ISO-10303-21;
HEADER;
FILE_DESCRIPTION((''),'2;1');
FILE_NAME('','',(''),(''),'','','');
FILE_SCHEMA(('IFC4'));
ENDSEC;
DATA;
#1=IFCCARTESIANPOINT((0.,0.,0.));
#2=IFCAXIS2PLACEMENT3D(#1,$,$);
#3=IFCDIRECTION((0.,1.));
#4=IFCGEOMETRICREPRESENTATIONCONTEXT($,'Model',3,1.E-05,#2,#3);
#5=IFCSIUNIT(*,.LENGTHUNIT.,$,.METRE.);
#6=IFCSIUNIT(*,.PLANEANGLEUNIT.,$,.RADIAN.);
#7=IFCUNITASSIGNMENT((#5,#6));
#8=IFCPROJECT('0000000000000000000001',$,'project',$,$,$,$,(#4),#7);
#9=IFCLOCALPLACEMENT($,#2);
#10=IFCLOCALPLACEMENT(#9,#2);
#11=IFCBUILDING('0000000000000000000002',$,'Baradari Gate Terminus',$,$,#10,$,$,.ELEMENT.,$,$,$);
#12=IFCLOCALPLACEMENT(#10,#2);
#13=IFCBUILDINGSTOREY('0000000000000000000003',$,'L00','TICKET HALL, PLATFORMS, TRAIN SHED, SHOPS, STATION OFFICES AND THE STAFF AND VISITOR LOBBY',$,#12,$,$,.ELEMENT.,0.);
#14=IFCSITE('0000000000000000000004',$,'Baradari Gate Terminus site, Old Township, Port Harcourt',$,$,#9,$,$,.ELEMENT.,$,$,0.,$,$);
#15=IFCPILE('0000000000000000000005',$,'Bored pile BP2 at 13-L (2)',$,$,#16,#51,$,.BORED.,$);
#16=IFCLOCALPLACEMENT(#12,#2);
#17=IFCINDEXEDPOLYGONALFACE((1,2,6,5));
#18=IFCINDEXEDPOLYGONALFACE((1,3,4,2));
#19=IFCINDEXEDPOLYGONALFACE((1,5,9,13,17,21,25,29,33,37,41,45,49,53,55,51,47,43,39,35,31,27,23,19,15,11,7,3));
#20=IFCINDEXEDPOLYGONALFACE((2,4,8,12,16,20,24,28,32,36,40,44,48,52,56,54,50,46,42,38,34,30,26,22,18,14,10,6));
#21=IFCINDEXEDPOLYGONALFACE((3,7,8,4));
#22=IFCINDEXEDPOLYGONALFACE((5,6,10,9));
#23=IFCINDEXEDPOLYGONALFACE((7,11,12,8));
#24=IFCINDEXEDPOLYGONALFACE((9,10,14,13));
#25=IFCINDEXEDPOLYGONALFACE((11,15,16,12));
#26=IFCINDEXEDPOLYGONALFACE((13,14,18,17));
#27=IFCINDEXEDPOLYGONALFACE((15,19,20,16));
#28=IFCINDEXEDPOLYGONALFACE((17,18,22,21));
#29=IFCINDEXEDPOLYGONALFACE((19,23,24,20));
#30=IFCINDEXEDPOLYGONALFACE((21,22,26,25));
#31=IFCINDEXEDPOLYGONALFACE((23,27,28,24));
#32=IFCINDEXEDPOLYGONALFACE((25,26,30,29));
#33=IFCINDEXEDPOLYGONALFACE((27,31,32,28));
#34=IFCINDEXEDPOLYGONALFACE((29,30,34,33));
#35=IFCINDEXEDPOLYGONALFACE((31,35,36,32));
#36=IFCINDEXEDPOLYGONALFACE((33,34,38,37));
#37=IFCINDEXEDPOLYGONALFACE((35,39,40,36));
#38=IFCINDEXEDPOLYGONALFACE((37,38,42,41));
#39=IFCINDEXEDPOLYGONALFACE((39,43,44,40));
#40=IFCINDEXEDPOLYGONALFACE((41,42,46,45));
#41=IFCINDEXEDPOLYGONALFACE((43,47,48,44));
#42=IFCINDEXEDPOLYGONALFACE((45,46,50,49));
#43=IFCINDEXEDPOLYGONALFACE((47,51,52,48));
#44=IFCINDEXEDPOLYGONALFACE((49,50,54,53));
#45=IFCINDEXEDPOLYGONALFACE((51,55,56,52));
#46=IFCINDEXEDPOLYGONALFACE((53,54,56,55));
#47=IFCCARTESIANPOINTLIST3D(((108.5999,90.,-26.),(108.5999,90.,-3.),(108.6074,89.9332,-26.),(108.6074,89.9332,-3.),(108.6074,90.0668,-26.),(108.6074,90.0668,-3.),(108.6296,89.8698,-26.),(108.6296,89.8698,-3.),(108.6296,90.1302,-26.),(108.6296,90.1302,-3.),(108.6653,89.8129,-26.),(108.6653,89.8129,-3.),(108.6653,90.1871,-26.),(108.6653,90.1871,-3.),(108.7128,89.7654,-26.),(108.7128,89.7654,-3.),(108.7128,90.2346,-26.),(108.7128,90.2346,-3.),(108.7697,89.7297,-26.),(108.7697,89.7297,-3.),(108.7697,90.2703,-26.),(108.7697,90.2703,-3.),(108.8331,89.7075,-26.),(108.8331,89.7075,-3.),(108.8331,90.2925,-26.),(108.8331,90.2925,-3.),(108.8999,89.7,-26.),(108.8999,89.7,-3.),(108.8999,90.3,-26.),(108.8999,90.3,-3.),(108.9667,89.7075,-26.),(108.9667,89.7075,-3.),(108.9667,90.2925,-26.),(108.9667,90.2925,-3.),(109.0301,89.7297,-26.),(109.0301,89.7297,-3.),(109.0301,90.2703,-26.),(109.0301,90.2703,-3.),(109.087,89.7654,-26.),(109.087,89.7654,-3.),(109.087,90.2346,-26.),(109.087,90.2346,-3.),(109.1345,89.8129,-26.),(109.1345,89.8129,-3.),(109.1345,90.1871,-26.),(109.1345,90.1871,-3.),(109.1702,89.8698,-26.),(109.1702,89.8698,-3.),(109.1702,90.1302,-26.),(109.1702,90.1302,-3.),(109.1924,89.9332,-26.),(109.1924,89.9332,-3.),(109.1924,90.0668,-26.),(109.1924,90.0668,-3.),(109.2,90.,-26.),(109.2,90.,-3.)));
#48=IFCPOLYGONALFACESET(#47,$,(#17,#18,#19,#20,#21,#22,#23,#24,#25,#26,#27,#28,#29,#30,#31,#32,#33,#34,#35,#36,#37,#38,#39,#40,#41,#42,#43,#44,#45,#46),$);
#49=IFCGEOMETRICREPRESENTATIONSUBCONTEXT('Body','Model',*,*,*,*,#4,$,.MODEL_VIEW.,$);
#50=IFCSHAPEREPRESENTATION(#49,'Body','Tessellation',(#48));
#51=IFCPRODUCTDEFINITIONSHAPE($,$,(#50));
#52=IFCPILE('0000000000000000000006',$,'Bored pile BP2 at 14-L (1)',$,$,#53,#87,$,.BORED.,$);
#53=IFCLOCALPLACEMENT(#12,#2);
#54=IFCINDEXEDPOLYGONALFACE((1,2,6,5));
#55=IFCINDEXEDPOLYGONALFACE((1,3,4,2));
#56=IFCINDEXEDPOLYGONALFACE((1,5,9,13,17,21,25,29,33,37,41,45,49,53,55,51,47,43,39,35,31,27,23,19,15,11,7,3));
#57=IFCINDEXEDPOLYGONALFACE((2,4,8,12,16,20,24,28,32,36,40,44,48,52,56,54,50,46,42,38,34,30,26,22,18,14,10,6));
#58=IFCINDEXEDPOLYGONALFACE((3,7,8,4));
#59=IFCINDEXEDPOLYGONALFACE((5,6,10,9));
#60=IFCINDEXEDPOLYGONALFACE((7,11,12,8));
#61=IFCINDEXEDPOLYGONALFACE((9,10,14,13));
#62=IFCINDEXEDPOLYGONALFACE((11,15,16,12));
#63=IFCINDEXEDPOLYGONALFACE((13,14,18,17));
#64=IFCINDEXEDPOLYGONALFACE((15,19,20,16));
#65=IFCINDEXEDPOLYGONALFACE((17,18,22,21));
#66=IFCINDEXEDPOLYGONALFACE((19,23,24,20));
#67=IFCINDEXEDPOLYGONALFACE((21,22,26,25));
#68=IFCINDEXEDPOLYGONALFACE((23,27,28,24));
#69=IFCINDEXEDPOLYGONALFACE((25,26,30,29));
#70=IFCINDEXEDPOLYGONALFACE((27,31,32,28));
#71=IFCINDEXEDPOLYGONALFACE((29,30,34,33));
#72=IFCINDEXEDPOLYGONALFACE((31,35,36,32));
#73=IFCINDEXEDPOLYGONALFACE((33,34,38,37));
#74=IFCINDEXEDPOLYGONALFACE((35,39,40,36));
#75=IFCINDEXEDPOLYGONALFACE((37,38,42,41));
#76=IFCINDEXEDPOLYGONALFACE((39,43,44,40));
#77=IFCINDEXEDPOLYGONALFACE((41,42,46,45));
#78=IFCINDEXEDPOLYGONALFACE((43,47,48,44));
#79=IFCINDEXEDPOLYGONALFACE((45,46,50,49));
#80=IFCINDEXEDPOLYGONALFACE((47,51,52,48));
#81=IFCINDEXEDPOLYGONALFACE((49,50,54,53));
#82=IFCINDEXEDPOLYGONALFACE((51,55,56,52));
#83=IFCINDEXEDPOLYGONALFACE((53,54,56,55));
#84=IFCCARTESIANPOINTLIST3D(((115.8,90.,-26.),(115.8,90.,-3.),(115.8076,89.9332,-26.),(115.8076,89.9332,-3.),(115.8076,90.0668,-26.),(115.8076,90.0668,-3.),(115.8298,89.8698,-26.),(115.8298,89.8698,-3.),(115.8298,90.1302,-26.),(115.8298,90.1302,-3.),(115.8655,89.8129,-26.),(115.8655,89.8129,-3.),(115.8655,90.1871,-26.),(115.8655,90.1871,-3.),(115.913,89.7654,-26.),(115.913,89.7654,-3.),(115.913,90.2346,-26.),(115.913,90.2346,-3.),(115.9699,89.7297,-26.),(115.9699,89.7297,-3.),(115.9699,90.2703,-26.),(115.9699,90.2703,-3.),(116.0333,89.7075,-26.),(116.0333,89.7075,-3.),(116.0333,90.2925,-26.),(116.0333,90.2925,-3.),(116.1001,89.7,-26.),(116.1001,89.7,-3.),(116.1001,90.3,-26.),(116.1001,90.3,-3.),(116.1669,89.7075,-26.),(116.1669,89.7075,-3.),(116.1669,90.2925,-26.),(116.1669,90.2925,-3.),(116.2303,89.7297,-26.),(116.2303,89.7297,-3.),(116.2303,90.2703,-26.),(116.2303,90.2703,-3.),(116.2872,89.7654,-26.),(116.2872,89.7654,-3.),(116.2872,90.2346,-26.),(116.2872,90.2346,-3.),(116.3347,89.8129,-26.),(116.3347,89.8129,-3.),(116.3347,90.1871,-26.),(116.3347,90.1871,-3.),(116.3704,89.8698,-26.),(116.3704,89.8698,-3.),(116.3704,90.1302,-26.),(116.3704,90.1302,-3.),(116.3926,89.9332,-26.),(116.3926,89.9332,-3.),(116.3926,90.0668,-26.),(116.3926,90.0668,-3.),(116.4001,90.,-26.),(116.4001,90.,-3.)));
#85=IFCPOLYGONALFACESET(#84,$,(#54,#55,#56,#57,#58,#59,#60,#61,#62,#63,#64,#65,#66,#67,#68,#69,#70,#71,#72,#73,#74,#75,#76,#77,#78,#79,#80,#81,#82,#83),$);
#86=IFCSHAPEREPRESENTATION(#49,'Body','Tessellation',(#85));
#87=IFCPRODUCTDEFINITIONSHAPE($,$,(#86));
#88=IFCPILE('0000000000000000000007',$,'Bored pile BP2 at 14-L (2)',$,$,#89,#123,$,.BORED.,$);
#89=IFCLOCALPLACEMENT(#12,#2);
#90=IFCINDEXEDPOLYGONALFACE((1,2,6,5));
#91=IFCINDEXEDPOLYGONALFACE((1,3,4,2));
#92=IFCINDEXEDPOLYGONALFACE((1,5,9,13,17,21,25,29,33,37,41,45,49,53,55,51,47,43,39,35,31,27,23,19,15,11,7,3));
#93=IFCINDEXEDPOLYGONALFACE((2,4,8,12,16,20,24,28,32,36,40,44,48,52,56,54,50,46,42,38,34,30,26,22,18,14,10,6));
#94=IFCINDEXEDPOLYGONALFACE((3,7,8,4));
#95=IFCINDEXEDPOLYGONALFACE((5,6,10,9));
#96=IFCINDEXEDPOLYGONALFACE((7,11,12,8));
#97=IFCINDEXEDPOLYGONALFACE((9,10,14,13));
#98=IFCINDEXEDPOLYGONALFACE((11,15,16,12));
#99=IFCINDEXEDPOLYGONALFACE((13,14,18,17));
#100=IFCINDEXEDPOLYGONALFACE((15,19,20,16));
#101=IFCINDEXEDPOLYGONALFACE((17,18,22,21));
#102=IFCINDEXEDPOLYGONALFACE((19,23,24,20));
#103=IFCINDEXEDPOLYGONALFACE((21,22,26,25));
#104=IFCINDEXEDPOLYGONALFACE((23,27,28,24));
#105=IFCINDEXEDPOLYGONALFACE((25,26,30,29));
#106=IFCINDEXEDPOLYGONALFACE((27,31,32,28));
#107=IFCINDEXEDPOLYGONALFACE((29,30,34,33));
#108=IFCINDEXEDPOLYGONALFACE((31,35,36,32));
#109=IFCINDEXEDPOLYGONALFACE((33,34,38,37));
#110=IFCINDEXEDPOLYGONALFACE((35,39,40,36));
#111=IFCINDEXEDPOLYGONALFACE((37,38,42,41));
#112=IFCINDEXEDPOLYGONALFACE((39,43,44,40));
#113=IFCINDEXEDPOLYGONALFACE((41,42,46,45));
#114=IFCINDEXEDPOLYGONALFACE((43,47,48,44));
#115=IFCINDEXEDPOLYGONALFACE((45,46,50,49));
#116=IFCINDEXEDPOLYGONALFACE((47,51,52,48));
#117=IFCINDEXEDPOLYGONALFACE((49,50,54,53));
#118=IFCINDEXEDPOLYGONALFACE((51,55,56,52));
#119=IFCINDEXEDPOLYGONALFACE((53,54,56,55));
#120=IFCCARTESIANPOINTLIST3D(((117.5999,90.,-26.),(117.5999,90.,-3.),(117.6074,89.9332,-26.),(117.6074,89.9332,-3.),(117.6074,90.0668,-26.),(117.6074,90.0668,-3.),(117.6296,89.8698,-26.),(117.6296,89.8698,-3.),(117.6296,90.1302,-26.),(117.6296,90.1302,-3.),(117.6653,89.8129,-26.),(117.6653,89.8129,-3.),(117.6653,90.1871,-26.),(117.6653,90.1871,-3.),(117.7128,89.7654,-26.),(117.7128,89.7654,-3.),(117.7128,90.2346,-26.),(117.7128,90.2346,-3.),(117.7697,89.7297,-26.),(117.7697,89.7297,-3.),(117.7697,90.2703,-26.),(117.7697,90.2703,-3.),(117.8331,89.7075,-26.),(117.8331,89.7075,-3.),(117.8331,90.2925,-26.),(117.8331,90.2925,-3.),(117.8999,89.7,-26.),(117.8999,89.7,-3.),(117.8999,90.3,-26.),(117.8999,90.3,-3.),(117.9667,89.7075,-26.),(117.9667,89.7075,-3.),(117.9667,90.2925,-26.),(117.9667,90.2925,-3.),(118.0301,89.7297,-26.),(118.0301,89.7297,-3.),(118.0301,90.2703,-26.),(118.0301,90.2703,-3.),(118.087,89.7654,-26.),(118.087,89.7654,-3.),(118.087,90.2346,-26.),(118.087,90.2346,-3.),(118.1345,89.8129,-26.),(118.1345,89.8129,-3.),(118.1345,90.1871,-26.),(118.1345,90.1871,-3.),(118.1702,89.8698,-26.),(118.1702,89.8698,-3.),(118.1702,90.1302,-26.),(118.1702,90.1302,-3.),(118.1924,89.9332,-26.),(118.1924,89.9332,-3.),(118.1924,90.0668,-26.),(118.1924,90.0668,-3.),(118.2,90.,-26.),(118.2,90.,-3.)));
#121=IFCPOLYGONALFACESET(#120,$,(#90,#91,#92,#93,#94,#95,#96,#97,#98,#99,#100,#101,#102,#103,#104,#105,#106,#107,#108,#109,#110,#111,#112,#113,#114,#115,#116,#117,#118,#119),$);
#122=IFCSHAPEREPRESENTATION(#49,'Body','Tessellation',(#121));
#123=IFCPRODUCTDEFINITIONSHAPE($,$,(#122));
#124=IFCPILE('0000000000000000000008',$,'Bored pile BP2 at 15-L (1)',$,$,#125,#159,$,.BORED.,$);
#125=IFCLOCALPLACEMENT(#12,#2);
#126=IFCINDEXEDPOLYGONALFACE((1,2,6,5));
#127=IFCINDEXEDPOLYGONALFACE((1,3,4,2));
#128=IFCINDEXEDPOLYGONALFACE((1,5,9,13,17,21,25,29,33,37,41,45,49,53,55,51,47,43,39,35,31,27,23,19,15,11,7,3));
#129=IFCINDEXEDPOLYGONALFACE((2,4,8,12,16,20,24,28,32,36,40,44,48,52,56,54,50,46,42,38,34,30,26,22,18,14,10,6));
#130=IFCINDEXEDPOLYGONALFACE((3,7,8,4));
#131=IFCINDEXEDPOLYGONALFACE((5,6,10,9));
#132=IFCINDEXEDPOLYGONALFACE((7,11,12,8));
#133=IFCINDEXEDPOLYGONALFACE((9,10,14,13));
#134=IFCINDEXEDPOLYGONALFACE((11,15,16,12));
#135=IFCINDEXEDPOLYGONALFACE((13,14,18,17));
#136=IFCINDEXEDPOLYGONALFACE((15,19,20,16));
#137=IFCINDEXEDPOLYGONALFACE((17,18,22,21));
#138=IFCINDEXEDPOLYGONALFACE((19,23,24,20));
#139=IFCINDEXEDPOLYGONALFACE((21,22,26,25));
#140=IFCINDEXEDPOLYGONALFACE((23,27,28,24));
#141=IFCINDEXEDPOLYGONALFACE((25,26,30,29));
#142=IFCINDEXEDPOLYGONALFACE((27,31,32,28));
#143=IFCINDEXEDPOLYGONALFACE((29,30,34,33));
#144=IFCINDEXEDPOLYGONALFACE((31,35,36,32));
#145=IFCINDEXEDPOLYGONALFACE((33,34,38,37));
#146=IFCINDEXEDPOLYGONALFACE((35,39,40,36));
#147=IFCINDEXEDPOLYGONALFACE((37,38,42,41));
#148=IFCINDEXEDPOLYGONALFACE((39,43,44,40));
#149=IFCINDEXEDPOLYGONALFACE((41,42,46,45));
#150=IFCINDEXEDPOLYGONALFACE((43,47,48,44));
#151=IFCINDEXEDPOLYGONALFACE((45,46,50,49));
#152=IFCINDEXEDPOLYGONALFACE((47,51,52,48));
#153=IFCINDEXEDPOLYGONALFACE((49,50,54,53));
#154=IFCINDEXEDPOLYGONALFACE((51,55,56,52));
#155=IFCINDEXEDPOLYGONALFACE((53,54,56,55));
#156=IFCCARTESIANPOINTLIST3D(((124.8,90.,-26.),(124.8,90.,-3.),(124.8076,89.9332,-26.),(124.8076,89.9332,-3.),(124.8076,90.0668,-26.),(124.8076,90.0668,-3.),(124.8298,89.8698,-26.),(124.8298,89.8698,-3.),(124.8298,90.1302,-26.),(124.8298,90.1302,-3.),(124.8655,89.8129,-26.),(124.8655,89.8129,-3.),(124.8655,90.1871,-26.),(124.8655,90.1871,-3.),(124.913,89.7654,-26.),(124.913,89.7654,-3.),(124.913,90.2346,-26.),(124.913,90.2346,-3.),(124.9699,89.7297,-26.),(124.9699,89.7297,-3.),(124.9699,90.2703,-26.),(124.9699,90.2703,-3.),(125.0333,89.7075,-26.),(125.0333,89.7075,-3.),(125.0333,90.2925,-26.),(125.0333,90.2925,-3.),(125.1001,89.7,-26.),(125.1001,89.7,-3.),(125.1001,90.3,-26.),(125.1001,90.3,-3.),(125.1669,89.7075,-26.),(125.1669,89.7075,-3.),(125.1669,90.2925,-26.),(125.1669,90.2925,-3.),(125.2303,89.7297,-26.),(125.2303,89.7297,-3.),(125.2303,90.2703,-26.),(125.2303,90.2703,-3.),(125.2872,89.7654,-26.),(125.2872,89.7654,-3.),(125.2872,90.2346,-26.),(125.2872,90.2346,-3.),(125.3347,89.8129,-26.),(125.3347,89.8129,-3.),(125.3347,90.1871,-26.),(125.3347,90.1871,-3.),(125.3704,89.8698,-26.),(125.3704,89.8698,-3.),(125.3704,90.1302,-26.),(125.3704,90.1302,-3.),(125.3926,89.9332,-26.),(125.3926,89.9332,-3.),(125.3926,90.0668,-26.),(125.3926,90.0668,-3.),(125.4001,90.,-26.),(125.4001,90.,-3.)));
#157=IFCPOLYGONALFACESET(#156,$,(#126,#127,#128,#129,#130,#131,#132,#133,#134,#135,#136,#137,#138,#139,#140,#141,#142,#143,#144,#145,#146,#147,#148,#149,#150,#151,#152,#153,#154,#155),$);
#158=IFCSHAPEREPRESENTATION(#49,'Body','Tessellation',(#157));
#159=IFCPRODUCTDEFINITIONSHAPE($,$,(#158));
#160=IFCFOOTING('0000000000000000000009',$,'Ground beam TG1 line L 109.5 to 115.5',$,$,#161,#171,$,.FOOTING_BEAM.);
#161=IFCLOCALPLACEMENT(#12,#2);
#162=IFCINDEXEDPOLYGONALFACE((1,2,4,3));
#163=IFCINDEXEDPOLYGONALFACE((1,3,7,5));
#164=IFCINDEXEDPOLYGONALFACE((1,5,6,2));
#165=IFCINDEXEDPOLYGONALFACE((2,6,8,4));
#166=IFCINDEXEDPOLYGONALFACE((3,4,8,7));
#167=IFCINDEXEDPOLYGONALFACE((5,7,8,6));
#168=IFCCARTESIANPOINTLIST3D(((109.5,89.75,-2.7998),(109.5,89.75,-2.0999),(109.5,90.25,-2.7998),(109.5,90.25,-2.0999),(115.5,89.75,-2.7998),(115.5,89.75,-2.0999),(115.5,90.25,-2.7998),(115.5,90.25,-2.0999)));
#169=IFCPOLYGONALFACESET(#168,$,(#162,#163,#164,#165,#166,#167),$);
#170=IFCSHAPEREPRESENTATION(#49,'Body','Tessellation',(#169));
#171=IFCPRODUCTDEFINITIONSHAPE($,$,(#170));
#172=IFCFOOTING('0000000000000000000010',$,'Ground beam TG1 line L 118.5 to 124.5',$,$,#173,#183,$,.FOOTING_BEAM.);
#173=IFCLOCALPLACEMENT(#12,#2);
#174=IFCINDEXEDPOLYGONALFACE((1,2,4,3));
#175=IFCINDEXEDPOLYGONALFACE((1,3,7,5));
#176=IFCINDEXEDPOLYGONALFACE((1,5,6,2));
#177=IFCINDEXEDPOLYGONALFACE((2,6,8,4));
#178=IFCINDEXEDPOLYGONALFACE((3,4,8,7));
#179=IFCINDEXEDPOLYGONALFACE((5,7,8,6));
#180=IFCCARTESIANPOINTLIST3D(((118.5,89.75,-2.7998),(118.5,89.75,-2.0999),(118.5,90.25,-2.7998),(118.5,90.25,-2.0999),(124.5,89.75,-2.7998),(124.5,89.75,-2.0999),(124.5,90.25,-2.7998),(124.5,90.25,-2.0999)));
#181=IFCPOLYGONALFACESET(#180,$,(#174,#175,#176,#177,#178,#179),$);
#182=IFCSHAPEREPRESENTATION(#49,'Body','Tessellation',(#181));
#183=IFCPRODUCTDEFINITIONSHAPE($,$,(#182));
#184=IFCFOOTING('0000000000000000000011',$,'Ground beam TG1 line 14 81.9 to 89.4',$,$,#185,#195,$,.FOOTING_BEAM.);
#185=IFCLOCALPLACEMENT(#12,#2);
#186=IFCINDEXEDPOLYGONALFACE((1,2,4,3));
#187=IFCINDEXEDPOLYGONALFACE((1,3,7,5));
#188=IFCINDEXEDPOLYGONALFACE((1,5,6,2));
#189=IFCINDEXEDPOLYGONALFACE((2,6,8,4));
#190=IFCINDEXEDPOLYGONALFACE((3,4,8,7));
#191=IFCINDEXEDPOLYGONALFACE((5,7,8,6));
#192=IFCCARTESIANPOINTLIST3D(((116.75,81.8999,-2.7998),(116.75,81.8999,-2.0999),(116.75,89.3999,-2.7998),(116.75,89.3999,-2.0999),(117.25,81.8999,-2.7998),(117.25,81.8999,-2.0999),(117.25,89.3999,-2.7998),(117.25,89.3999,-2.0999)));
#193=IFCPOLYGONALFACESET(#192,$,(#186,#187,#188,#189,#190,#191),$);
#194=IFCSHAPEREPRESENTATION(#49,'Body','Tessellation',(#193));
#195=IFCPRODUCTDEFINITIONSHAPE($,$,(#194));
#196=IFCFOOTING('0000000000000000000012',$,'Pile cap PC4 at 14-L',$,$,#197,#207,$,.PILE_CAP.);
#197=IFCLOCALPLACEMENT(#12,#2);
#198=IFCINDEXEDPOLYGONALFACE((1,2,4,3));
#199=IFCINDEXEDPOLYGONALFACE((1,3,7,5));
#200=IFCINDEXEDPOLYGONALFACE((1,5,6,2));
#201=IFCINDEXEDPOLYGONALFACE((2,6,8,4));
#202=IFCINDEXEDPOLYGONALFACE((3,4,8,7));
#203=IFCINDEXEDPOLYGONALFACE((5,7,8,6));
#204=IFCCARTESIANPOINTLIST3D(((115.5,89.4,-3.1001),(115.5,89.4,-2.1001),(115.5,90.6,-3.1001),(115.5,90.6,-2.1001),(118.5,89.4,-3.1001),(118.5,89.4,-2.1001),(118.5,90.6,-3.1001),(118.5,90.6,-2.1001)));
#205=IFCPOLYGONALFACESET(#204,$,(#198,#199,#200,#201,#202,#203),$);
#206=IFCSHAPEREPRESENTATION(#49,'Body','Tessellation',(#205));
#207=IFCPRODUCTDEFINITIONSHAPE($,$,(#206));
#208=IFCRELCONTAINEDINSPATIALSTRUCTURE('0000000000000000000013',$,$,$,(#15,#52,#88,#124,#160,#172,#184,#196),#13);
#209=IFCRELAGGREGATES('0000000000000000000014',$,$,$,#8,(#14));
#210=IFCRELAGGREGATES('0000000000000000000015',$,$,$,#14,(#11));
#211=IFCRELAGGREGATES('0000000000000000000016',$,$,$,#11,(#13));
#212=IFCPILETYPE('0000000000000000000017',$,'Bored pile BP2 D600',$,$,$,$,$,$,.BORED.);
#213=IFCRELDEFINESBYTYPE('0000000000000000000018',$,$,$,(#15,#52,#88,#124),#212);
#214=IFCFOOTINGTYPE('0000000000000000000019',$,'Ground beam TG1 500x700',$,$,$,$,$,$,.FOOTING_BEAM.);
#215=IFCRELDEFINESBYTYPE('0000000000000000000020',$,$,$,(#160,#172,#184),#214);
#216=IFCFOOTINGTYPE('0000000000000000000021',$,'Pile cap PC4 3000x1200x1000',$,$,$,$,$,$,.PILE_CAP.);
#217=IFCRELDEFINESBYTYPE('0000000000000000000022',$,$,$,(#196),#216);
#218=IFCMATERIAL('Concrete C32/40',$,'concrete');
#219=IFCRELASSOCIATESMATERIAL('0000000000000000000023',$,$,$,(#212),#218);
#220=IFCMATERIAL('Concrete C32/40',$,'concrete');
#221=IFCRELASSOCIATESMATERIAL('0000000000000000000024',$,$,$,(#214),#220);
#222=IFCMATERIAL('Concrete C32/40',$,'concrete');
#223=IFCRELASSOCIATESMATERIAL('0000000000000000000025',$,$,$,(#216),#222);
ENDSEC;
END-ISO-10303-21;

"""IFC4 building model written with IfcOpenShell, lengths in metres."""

from ifc_helpers import new_model, si_unit, direction, frame, origin, origin_2d, place, context, subcontext, project, spatial, rectangle, circle, extrude, material, type_object, element, save


model = new_model("IFC4")

# Units and contexts
model_context = context("Model", 3, precision=1e-05, world=origin(), true_north=direction((0.0, 1.0)))
body_context = subcontext(model_context, "Body", "Model", "MODEL_VIEW")
ifc_project = project(units=[si_unit("LENGTHUNIT", "METRE"), si_unit("PLANEANGLEUNIT", "RADIAN")], contexts=[model_context])

# Site, building, storey
site_placement = place(None, origin())
site = spatial("IfcSite", under=ifc_project, at=site_placement, Name="Baradari Gate Terminus site, Old Township, Port Harcourt", CompositionType="ELEMENT", RefElevation=0.0)
building_placement = place(site_placement, origin())
building = spatial("IfcBuilding", under=site, at=building_placement, Name="Baradari Gate Terminus", CompositionType="ELEMENT")
storey_placement = place(building_placement, origin())
storey = spatial("IfcBuildingStorey", under=building, at=storey_placement, Name="L00", Description="TICKET HALL, PLATFORMS, TRAIN SHED, SHOPS, STATION OFFICES AND THE STAFF AND VISITOR LOBBY", CompositionType="ELEMENT", Elevation=0.0)

# Piles
ifc_material_1 = material(Name="Concrete C32/40", Category="concrete")
pile_type = type_object("IfcPileType", Name="Bored pile BP2 D600", PredefinedType="BORED", material=ifc_material_1)
for number, where, z_axis, x_axis, name in (
    (1, (108.8999, 90.0, -3.0), (0.0, 0.0, -1.0), (1.0, 0.0, 0.0), "Bored pile BP2 at 13-L (2)"),
    (2, (116.1001, 90.0, -3.0), (0.0, 0.0, -1.0), (1.0, 0.0, 0.0), "Bored pile BP2 at 14-L (1)"),
    (3, (117.8999, 90.0, -3.0), (0.0, 0.0, -1.0), (1.0, 0.0, 0.0), "Bored pile BP2 at 14-L (2)"),
    (4, (125.1001, 90.0, -3.0), (0.0, 0.0, -1.0), (1.0, 0.0, 0.0), "Bored pile BP2 at 15-L (1)"),
):
    element("IfcPile", number, at=place(storey_placement, frame(where, z_axis=z_axis, x_axis=x_axis)), inside=storey, type_object=pile_type, Name=name, PredefinedType="BORED", context=body_context, shape_type="SweptSolid", body=[
        extrude(circle(Radius=0.3, at=origin_2d()), origin(), (0.0, 0.0, 1.0), 23.0),
    ])

# Footings
ifc_material_2 = material(Name="Concrete C32/40", Category="concrete")
footing_type_1 = type_object("IfcFootingType", Name="Ground beam TG1 500x700", PredefinedType="FOOTING_BEAM", material=ifc_material_2)
for number, where, z_axis, x_axis, name in (
    (5, (112.5, 90.0, -2.7998), (0.0, 0.0, 1.0), (1.0, 0.0, 0.0), "Ground beam TG1 line L 109.5 to 115.5"),
    (6, (121.5, 90.0, -2.7998), (0.0, 0.0, 1.0), (1.0, 0.0, 0.0), "Ground beam TG1 line L 118.5 to 124.5"),
):
    element("IfcFooting", number, at=place(storey_placement, frame(where, z_axis=z_axis, x_axis=x_axis)), inside=storey, type_object=footing_type_1, Name=name, PredefinedType="FOOTING_BEAM", context=body_context, shape_type="SweptSolid", body=[
        extrude(rectangle(XDim=6.0, YDim=0.5, at=origin_2d()), origin(), (0.0, 0.0, 1.0), 0.7),
    ])
footing_1_placement = place(storey_placement, frame((117.0, 85.6499, -2.7998), z_axis=(0.0, 0.0, 1.0), x_axis=(1.0, 0.0, 0.0)))
element("IfcFooting", 7, at=footing_1_placement, inside=storey, type_object=footing_type_1, Name="Ground beam TG1 line 14 81.9 to 89.4", PredefinedType="FOOTING_BEAM", context=body_context, shape_type="SweptSolid", body=[
    extrude(rectangle(XDim=0.5, YDim=7.5, at=origin_2d()), origin(), (0.0, 0.0, 1.0), 0.7),
])
ifc_material_3 = material(Name="Concrete C32/40", Category="concrete")
footing_type_2 = type_object("IfcFootingType", Name="Pile cap PC4 3000x1200x1000", PredefinedType="PILE_CAP", material=ifc_material_3)
footing_2_placement = place(storey_placement, frame((117.0, 90.0, -3.1001), z_axis=(0.0, 0.0, 1.0), x_axis=(1.0, 0.0, 0.0)))
element("IfcFooting", 8, at=footing_2_placement, inside=storey, type_object=footing_type_2, Name="Pile cap PC4 at 14-L", PredefinedType="PILE_CAP", context=body_context, shape_type="SweptSolid", body=[
    extrude(rectangle(XDim=3.0, YDim=1.2, at=origin_2d()), origin(), (0.0, 0.0, 1.0), 1.0),
])

save(model, "model.ifc")
